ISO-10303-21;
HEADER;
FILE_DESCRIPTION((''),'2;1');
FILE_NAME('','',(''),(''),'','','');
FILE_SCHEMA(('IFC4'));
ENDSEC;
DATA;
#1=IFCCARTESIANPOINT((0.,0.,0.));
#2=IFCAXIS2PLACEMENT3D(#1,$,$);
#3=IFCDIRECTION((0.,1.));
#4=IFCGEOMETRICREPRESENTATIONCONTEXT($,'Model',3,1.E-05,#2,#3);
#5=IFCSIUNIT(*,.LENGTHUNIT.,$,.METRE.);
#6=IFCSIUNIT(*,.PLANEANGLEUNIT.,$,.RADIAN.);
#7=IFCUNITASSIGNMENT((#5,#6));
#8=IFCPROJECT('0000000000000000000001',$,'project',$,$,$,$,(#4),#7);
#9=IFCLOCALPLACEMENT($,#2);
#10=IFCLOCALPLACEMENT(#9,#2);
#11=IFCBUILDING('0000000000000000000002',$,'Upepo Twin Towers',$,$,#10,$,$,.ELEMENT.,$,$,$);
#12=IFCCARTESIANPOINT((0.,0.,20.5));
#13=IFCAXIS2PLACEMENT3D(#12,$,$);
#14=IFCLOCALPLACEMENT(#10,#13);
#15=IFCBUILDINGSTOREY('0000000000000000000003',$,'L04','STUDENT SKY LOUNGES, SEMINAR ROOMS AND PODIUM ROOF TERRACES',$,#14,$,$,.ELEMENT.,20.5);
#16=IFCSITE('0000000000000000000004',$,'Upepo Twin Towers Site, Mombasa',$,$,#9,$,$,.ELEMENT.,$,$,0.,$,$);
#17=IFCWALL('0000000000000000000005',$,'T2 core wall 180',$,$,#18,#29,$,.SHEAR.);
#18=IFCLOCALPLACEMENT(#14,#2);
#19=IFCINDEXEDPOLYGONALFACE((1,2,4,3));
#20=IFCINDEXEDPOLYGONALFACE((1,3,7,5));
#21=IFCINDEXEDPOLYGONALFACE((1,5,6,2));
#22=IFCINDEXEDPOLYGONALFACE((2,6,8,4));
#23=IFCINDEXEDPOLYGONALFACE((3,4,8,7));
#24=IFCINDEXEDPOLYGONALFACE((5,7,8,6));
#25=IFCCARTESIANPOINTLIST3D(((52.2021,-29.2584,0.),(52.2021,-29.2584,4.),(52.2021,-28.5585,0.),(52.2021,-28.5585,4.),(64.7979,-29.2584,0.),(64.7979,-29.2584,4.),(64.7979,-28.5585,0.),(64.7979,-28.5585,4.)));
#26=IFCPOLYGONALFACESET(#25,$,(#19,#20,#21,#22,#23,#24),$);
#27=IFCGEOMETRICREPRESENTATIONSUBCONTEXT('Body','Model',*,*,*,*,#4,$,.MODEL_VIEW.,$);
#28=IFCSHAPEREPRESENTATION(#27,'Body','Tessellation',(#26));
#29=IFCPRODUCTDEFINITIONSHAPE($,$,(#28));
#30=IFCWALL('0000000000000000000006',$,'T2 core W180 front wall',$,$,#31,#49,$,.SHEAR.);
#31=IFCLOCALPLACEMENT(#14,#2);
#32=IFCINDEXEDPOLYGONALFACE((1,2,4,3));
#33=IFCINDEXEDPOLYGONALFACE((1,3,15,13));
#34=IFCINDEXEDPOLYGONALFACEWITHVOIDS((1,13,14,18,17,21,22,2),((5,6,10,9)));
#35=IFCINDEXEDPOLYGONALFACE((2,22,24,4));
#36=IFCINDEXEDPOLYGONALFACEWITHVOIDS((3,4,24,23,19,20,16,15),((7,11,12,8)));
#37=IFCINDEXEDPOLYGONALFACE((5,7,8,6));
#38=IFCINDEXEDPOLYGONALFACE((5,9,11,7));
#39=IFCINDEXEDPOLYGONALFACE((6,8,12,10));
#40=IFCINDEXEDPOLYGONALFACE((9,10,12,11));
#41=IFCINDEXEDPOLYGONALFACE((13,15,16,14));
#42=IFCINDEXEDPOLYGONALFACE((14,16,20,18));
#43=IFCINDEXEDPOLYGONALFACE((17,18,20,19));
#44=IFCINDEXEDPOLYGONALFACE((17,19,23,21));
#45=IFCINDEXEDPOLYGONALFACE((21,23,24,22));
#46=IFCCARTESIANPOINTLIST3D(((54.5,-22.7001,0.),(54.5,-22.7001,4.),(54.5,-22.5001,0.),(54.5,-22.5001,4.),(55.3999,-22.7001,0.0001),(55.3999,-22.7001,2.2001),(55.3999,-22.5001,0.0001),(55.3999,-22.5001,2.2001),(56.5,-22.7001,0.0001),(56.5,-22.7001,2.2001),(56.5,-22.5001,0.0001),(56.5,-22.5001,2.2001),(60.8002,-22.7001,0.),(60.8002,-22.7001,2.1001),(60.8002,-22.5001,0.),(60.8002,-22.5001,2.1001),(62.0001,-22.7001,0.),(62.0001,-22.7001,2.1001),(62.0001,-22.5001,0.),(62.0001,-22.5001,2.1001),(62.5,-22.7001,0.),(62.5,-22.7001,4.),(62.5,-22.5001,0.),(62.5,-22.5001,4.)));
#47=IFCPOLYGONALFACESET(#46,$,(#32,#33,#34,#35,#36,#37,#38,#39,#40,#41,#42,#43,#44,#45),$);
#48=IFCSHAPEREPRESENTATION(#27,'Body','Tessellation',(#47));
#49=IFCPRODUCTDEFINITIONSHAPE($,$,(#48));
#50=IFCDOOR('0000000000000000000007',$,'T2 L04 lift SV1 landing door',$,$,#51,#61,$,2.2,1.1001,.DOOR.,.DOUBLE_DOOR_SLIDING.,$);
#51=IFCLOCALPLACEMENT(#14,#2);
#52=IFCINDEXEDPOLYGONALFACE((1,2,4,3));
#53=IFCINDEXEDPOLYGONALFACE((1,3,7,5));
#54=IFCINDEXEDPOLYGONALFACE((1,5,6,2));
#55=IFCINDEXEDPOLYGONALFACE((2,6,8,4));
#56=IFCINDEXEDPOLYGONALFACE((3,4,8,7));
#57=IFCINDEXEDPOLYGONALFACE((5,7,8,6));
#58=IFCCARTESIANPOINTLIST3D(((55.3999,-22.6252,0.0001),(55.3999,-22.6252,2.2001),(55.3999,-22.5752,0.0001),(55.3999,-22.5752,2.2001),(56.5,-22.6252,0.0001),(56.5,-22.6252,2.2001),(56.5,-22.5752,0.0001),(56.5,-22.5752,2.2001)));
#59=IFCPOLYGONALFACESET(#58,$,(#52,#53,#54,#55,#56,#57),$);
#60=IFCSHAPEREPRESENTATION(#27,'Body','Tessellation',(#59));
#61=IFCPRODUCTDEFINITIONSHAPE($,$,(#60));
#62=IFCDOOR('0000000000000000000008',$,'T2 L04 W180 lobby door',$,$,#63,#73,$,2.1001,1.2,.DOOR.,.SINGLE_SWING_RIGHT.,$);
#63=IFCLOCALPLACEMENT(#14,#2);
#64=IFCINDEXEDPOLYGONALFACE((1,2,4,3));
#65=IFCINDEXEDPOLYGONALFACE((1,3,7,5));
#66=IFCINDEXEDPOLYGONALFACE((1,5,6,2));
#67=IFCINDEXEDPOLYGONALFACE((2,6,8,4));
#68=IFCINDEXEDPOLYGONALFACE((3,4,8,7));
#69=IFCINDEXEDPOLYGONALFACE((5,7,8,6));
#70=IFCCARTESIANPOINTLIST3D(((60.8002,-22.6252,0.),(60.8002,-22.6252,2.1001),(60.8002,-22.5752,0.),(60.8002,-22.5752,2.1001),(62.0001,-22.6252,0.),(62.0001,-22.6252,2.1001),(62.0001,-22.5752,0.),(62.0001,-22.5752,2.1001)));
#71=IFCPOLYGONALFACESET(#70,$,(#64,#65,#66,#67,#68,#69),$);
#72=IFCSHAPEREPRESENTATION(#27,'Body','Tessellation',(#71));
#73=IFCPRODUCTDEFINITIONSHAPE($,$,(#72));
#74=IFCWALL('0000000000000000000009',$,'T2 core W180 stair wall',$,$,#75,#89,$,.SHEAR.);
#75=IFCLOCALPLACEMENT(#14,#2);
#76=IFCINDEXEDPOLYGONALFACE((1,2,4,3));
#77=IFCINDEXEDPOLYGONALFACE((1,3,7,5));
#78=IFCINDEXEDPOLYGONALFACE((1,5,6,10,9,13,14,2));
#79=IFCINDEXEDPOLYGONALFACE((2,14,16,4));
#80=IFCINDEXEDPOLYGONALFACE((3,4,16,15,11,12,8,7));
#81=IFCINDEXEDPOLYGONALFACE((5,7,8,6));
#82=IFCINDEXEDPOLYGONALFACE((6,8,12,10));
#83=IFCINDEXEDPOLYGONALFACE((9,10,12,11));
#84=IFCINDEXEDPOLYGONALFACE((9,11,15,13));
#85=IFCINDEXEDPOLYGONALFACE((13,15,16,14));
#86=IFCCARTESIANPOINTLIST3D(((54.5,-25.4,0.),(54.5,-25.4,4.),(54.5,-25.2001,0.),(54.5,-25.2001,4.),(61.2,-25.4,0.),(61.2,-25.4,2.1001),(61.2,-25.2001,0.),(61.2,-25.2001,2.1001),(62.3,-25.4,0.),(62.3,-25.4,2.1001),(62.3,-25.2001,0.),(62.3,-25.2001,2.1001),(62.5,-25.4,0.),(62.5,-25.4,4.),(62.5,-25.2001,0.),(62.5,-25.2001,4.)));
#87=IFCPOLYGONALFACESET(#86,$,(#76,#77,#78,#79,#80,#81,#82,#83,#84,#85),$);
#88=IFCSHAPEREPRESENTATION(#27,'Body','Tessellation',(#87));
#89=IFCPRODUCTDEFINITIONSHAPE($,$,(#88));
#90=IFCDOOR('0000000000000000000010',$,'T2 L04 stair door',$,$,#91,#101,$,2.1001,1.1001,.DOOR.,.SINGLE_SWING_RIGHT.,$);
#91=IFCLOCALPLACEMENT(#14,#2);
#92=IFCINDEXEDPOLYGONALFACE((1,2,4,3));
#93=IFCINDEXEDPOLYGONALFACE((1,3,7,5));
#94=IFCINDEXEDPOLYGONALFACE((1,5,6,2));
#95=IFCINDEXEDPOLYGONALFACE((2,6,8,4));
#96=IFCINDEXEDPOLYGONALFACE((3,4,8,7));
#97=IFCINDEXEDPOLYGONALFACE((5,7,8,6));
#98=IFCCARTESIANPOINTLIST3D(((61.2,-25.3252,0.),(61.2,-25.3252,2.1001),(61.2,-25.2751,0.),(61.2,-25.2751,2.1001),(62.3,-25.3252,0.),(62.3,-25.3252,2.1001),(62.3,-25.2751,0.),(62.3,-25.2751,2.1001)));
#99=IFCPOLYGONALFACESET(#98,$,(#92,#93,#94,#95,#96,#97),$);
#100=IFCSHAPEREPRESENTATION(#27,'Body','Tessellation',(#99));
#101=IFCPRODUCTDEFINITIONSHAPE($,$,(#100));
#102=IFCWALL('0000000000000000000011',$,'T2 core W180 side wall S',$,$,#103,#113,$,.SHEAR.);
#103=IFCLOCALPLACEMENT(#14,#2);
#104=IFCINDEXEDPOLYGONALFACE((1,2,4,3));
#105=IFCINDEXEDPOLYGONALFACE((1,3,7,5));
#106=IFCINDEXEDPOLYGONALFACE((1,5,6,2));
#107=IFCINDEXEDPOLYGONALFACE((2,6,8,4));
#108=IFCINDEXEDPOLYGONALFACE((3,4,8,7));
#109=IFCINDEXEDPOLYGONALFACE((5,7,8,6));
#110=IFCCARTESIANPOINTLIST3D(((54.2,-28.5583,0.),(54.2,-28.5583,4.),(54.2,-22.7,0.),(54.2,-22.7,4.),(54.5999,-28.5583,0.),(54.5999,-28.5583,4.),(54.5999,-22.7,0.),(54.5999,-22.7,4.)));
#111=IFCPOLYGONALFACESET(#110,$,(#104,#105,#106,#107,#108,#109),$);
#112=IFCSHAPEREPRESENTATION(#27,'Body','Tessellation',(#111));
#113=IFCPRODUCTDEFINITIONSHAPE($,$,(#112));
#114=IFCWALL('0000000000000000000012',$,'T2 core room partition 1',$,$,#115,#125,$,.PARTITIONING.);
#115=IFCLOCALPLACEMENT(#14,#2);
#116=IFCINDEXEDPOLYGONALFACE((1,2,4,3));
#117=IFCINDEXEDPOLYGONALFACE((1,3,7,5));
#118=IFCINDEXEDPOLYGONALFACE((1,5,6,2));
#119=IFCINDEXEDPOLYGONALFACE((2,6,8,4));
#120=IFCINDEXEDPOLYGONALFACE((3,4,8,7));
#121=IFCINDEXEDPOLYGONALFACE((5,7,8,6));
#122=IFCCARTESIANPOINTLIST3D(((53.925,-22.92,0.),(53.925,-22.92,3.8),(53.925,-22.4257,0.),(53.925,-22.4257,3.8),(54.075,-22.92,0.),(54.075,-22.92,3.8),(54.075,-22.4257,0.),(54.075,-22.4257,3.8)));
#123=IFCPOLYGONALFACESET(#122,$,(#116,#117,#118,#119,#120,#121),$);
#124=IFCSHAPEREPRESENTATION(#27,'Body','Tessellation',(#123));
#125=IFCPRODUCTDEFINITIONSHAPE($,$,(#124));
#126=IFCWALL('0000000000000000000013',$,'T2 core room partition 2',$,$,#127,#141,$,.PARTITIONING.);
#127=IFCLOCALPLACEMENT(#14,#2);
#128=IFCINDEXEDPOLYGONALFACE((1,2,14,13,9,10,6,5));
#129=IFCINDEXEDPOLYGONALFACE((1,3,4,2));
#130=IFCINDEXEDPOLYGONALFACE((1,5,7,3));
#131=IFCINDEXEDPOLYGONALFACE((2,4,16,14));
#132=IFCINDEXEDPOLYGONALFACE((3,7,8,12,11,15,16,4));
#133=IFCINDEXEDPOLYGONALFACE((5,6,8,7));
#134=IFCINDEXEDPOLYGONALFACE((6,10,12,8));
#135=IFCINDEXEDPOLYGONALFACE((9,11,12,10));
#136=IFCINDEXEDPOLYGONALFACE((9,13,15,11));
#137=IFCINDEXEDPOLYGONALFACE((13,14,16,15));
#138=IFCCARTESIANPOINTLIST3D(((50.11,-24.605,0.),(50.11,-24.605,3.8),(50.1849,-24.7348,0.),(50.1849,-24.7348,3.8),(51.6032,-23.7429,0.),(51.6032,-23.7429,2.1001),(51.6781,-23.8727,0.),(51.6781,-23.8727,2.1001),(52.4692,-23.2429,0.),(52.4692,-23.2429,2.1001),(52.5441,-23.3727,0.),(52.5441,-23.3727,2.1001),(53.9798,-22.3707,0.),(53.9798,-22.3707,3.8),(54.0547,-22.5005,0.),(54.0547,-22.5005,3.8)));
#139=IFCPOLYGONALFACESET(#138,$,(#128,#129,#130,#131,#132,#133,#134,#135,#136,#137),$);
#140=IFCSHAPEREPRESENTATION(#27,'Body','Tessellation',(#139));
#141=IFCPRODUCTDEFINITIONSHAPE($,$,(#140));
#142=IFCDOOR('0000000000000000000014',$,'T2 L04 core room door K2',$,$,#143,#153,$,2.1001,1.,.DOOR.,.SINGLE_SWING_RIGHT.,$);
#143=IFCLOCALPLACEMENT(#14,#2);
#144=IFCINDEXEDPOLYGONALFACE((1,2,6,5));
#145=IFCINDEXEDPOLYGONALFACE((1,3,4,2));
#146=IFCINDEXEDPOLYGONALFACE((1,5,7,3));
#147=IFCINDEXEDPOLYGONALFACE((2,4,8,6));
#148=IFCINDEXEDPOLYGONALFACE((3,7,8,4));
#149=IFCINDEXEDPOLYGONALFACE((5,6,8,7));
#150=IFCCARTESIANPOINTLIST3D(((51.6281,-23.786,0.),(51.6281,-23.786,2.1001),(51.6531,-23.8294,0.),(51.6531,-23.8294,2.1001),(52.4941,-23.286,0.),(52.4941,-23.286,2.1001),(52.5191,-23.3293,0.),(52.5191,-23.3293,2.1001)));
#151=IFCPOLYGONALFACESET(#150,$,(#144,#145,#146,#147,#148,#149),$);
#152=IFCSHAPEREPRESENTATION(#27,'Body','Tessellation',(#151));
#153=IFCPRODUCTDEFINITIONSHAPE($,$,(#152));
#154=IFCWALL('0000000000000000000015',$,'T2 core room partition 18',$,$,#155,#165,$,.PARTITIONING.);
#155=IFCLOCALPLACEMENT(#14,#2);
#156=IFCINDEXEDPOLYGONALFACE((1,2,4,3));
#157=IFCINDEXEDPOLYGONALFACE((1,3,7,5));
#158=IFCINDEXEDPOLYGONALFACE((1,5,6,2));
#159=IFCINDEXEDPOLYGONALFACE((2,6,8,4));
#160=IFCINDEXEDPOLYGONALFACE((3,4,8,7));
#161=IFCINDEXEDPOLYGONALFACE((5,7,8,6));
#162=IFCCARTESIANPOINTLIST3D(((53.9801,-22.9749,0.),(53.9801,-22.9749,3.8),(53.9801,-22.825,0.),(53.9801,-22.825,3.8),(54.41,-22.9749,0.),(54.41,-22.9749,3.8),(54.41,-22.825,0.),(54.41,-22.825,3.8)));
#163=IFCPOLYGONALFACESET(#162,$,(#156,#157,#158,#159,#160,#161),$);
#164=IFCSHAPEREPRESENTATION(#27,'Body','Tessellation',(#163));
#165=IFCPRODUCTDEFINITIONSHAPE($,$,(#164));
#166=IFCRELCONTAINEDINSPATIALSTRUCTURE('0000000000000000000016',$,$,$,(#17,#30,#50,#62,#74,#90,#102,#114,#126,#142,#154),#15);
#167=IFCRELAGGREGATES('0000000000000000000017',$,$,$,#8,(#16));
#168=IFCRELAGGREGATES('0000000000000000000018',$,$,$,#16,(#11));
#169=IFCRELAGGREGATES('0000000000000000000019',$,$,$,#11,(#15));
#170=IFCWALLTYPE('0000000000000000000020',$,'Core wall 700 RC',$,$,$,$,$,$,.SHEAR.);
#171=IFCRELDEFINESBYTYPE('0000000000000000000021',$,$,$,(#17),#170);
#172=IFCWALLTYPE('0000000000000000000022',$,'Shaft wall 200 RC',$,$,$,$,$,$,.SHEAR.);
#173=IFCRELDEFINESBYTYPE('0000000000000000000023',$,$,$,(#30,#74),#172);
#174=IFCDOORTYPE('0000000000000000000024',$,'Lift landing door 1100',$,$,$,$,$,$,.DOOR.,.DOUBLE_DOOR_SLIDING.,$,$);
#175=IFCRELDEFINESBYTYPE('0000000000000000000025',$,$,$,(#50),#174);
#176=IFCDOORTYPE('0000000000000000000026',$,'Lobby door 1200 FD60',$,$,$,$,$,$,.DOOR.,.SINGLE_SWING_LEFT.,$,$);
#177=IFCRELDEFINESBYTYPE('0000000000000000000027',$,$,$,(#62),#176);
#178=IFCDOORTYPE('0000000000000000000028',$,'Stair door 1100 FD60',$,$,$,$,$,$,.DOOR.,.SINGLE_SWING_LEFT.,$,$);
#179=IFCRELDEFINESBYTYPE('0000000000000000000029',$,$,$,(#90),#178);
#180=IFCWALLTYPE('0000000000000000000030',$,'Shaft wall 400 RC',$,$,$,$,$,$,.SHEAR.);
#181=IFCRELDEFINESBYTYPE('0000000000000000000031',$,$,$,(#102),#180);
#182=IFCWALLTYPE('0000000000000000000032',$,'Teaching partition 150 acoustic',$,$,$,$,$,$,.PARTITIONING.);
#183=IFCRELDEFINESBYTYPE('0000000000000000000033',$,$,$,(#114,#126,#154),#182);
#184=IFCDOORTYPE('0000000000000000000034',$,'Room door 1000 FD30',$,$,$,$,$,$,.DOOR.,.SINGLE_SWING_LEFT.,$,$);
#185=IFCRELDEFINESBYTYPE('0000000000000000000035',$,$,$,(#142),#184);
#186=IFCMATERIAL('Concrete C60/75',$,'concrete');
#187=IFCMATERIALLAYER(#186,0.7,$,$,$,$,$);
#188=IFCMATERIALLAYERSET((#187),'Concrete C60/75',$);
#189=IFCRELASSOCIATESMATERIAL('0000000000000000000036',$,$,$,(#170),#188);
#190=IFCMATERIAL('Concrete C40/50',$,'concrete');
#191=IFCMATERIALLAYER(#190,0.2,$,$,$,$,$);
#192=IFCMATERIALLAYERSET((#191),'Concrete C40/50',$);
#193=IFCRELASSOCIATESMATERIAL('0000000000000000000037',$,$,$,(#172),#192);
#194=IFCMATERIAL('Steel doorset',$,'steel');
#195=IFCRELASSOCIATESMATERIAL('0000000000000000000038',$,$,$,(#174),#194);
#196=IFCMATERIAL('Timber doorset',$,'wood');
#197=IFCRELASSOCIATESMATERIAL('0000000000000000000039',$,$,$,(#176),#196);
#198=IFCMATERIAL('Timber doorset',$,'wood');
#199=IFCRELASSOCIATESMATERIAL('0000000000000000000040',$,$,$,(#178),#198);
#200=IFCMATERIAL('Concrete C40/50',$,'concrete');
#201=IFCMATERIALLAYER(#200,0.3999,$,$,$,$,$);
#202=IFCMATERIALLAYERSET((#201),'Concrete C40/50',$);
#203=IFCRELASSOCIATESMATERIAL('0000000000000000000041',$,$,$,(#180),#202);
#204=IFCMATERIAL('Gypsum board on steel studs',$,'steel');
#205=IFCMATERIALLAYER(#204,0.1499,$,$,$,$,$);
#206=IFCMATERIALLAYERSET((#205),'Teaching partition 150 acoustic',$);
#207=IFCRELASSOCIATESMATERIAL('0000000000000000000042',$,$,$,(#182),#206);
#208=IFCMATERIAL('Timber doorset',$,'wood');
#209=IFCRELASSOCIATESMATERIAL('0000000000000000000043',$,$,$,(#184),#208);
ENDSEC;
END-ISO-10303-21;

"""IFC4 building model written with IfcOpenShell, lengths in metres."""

from ifc_helpers import new_model, si_unit, direction, frame, frame_2d, origin, place, context, subcontext, project, spatial, rectangle, extrude, material, layer, layer_set, type_object, element, fill, save


model = new_model("IFC4")

# Units and contexts
model_context = context("Model", 3, precision=1e-05, world=origin(), true_north=direction((0.0, 1.0)))
body_context = subcontext(model_context, "Body", "Model", "MODEL_VIEW")
ifc_project = project(units=[si_unit("LENGTHUNIT", "METRE"), si_unit("PLANEANGLEUNIT", "RADIAN")], contexts=[model_context])

# Site, building, storey
site_placement = place(None, origin())
site = spatial("IfcSite", under=ifc_project, at=site_placement, Name="Upepo Twin Towers Site, Mombasa", CompositionType="ELEMENT", RefElevation=0.0)
building_placement = place(site_placement, origin())
building = spatial("IfcBuilding", under=site, at=building_placement, Name="Upepo Twin Towers", CompositionType="ELEMENT")
storey_placement = place(building_placement, frame((0.0, 0.0, 20.5)))
storey = spatial("IfcBuildingStorey", under=building, at=storey_placement, Name="L04", Description="STUDENT SKY LOUNGES, SEMINAR ROOMS AND PODIUM ROOF TERRACES", CompositionType="ELEMENT", Elevation=20.5)

# Wall
ifc_material_1 = material(Name="Concrete C60/75", Category="concrete")
ifc_layer_1 = layer(ifc_material_1, 0.7)
ifc_layer_set_1 = layer_set([ifc_layer_1], Name="Concrete C60/75")
wall_type_1 = type_object("IfcWallType", Name="Core wall 700 RC", PredefinedType="SHEAR", material=ifc_layer_set_1)
wall_1_placement = place(storey_placement, frame((52.2021, -28.9084, 0.0), z_axis=(0.0, 0.0, 1.0), x_axis=(1.0, 0.0, 0.0)))
element("IfcWall", 1, at=wall_1_placement, inside=storey, type_object=wall_type_1, Name="T2 core wall 180", PredefinedType="SHEAR", context=body_context, shape_type="SweptSolid", body=[
    extrude(rectangle(XDim=12.5957, YDim=0.7, at=frame_2d((6.2979, 0.0))), origin(), (0.0, 0.0, 1.0), 4.0),
])

# Wall, openings, doors
ifc_material_2 = material(Name="Concrete C40/50", Category="concrete")
ifc_layer_2 = layer(ifc_material_2, 0.2)
ifc_layer_set_2 = layer_set([ifc_layer_2], Name="Concrete C40/50")
wall_type_2 = type_object("IfcWallType", Name="Shaft wall 200 RC", PredefinedType="SHEAR", material=ifc_layer_set_2)
wall_2_placement = place(storey_placement, frame((54.5, -22.6001, 0.0), z_axis=(0.0, 0.0, 1.0), x_axis=(1.0, 0.0, 0.0)))
wall_2 = element("IfcWall", 2, at=wall_2_placement, inside=storey, type_object=wall_type_2, Name="T2 core W180 front wall", PredefinedType="SHEAR", context=body_context, shape_type="SweptSolid", body=[
    extrude(rectangle(XDim=8.0, YDim=0.2, at=frame_2d((4.0, 0.0))), origin(), (0.0, 0.0, 1.0), 4.0),
])
opening_1_placement = place(wall_2_placement, frame((6.3, 0.0, 0.0)))
opening_1 = element("IfcOpeningElement", 3, at=opening_1_placement, cuts=wall_2, PredefinedType="OPENING", context=body_context, shape_type="SweptSolid", body=[
    extrude(rectangle(XDim=1.2, YDim=2.1001, at=frame_2d((0.6001, 1.05))), frame((0.0, 0.1099, 0.0), z_axis=(0.0, -1.0, 0.0), x_axis=(1.0, 0.0, 0.0)), (0.0, 0.0, 1.0), 0.22),
])
opening_2_placement = place(wall_2_placement, frame((0.8999, 0.0, 0.0)))
opening_2 = element("IfcOpeningElement", 4, at=opening_2_placement, cuts=wall_2, PredefinedType="OPENING", context=body_context, shape_type="SweptSolid", body=[
    extrude(rectangle(XDim=1.1001, YDim=2.2, at=frame_2d((0.55, 1.1001))), frame((0.0, 0.1099, 0.0), z_axis=(0.0, -1.0, 0.0), x_axis=(1.0, 0.0, 0.0)), (0.0, 0.0, 1.0), 0.22),
])
ifc_material_3 = material(Name="Steel doorset", Category="steel")
door_type_1 = type_object("IfcDoorType", Name="Lift landing door 1100", OperationType="DOUBLE_DOOR_SLIDING", PredefinedType="DOOR", material=ifc_material_3)
door_1_placement = place(opening_2_placement, origin())
door_1 = element("IfcDoor", 5, at=door_1_placement, inside=storey, type_object=door_type_1, Name="T2 L04 lift SV1 landing door", OperationType="DOUBLE_DOOR_SLIDING", OverallHeight=2.2, OverallWidth=1.1001, PredefinedType="DOOR", context=body_context, shape_type="SweptSolid", body=[
    extrude(rectangle(XDim=1.1001, YDim=2.2, at=frame_2d((0.55, 1.1001))), frame((0.0, 0.0249, 0.0), z_axis=(0.0, -1.0, 0.0), x_axis=(1.0, 0.0, 0.0)), (0.0, 0.0, 1.0), 0.05),
])
fill(opening_2, door_1)
ifc_material_4 = material(Name="Timber doorset", Category="wood")
door_type_2 = type_object("IfcDoorType", Name="Lobby door 1200 FD60", OperationType="SINGLE_SWING_LEFT", PredefinedType="DOOR", material=ifc_material_4)
door_2_placement = place(opening_1_placement, origin())
door_2 = element("IfcDoor", 6, at=door_2_placement, inside=storey, type_object=door_type_2, Name="T2 L04 W180 lobby door", OperationType="SINGLE_SWING_RIGHT", OverallHeight=2.1001, OverallWidth=1.2, PredefinedType="DOOR", context=body_context, shape_type="SweptSolid", body=[
    extrude(rectangle(XDim=1.2, YDim=2.1001, at=frame_2d((0.6001, 1.05))), frame((0.0, 0.0249, 0.0), z_axis=(0.0, -1.0, 0.0), x_axis=(1.0, 0.0, 0.0)), (0.0, 0.0, 1.0), 0.05),
])
fill(opening_1, door_2)

# Wall, opening, door
wall_3_placement = place(storey_placement, frame((54.5, -25.3, 0.0), z_axis=(0.0, 0.0, 1.0), x_axis=(1.0, 0.0, 0.0)))
wall_3 = element("IfcWall", 7, at=wall_3_placement, inside=storey, type_object=wall_type_2, Name="T2 core W180 stair wall", PredefinedType="SHEAR", context=body_context, shape_type="SweptSolid", body=[
    extrude(rectangle(XDim=8.0, YDim=0.2, at=frame_2d((4.0, 0.0))), origin(), (0.0, 0.0, 1.0), 4.0),
])
opening_3_placement = place(wall_3_placement, frame((6.7, 0.0, 0.0)))
opening_3 = element("IfcOpeningElement", 8, at=opening_3_placement, cuts=wall_3, PredefinedType="OPENING", context=body_context, shape_type="SweptSolid", body=[
    extrude(rectangle(XDim=1.1001, YDim=2.1001, at=frame_2d((0.55, 1.05))), frame((0.0, 0.1099, 0.0), z_axis=(0.0, -1.0, 0.0), x_axis=(1.0, 0.0, 0.0)), (0.0, 0.0, 1.0), 0.22),
])
ifc_material_5 = material(Name="Timber doorset", Category="wood")
door_type_3 = type_object("IfcDoorType", Name="Stair door 1100 FD60", OperationType="SINGLE_SWING_LEFT", PredefinedType="DOOR", material=ifc_material_5)
door_3_placement = place(opening_3_placement, origin())
door_3 = element("IfcDoor", 9, at=door_3_placement, inside=storey, type_object=door_type_3, Name="T2 L04 stair door", OperationType="SINGLE_SWING_RIGHT", OverallHeight=2.1001, OverallWidth=1.1001, PredefinedType="DOOR", context=body_context, shape_type="SweptSolid", body=[
    extrude(rectangle(XDim=1.1001, YDim=2.1001, at=frame_2d((0.55, 1.05))), frame((0.0, 0.0249, 0.0), z_axis=(0.0, -1.0, 0.0), x_axis=(1.0, 0.0, 0.0)), (0.0, 0.0, 1.0), 0.05),
])
fill(opening_3, door_3)

# Walls
ifc_material_6 = material(Name="Concrete C40/50", Category="concrete")
ifc_layer_3 = layer(ifc_material_6, 0.3999)
ifc_layer_set_3 = layer_set([ifc_layer_3], Name="Concrete C40/50")
wall_type_3 = type_object("IfcWallType", Name="Shaft wall 400 RC", PredefinedType="SHEAR", material=ifc_layer_set_3)
wall_4_placement = place(storey_placement, frame((54.3999, -22.7, 0.0), z_axis=(0.0, 0.0, 1.0), x_axis=(0.0, -1.0, 0.0)))
element("IfcWall", 10, at=wall_4_placement, inside=storey, type_object=wall_type_3, Name="T2 core W180 side wall S", PredefinedType="SHEAR", context=body_context, shape_type="SweptSolid", body=[
    extrude(rectangle(XDim=5.8584, YDim=0.3999, at=frame_2d((2.9292, 0.0))), origin(), (0.0, 0.0, 1.0), 4.0),
])
ifc_material_7 = material(Name="Gypsum board on steel studs", Category="steel")
ifc_layer_4 = layer(ifc_material_7, 0.1499)
ifc_layer_set_4 = layer_set([ifc_layer_4], Name="Teaching partition 150 acoustic")
wall_type_4 = type_object("IfcWallType", Name="Teaching partition 150 acoustic", PredefinedType="PARTITIONING", material=ifc_layer_set_4)
wall_5_placement = place(storey_placement, frame((54.0, -22.9199, 0.0), z_axis=(0.0, 0.0, 1.0), x_axis=(0.0, 1.0, 0.0)))
element("IfcWall", 11, at=wall_5_placement, inside=storey, type_object=wall_type_4, Name="T2 core room partition 1", PredefinedType="PARTITIONING", context=body_context, shape_type="SweptSolid", body=[
    extrude(rectangle(XDim=0.4944, YDim=0.1499, at=frame_2d((0.2471, 0.0))), origin(), (0.0, 0.0, 1.0), 3.8),
])

# Wall, opening, door
wall_6_placement = place(storey_placement, frame((54.0173, -22.4355, 0.0), z_axis=(0.0, 0.0, 1.0), x_axis=(-0.866015, -0.500017, 0.0)))
wall_6 = element("IfcWall", 12, at=wall_6_placement, inside=storey, type_object=wall_type_4, Name="T2 core room partition 2", PredefinedType="PARTITIONING", context=body_context, shape_type="SweptSolid", body=[
    extrude(rectangle(XDim=4.4685, YDim=0.1499, at=frame_2d((2.2344, 0.0))), origin(), (0.0, 0.0, 1.0), 3.8),
])
opening_4_placement = place(wall_6_placement, frame((1.7444, 0.0, 0.0)))
opening_4 = element("IfcOpeningElement", 13, at=opening_4_placement, cuts=wall_6, PredefinedType="OPENING", context=body_context, shape_type="SweptSolid", body=[
    extrude(rectangle(XDim=1.0, YDim=2.1001, at=frame_2d((0.5, 1.05))), frame((0.0, 0.085, 0.0), z_axis=(0.0, -1.0, 0.0), x_axis=(1.0, 0.0, 0.0)), (0.0, 0.0, 1.0), 0.1699),
])
ifc_material_8 = material(Name="Timber doorset", Category="wood")
door_type_4 = type_object("IfcDoorType", Name="Room door 1000 FD30", OperationType="SINGLE_SWING_LEFT", PredefinedType="DOOR", material=ifc_material_8)
door_4_placement = place(opening_4_placement, origin())
door_4 = element("IfcDoor", 14, at=door_4_placement, inside=storey, type_object=door_type_4, Name="T2 L04 core room door K2", OperationType="SINGLE_SWING_RIGHT", OverallHeight=2.1001, OverallWidth=1.0, PredefinedType="DOOR", context=body_context, shape_type="SweptSolid", body=[
    extrude(rectangle(XDim=1.0, YDim=2.1001, at=frame_2d((0.5, 1.05))), frame((0.0, 0.0249, 0.0), z_axis=(0.0, -1.0, 0.0), x_axis=(1.0, 0.0, 0.0)), (0.0, 0.0, 1.0), 0.05),
])
fill(opening_4, door_4)

# Wall
wall_7_placement = place(storey_placement, frame((54.4099, -22.8999, 0.0), z_axis=(0.0, 0.0, 1.0), x_axis=(-1.0, 0.0, 0.0)))
element("IfcWall", 15, at=wall_7_placement, inside=storey, type_object=wall_type_4, Name="T2 core room partition 18", PredefinedType="PARTITIONING", context=body_context, shape_type="SweptSolid", body=[
    extrude(rectangle(XDim=0.4299, YDim=0.1499, at=frame_2d((0.2148, 0.0))), origin(), (0.0, 0.0, 1.0), 3.8),
])

save(model, "model.ifc")
